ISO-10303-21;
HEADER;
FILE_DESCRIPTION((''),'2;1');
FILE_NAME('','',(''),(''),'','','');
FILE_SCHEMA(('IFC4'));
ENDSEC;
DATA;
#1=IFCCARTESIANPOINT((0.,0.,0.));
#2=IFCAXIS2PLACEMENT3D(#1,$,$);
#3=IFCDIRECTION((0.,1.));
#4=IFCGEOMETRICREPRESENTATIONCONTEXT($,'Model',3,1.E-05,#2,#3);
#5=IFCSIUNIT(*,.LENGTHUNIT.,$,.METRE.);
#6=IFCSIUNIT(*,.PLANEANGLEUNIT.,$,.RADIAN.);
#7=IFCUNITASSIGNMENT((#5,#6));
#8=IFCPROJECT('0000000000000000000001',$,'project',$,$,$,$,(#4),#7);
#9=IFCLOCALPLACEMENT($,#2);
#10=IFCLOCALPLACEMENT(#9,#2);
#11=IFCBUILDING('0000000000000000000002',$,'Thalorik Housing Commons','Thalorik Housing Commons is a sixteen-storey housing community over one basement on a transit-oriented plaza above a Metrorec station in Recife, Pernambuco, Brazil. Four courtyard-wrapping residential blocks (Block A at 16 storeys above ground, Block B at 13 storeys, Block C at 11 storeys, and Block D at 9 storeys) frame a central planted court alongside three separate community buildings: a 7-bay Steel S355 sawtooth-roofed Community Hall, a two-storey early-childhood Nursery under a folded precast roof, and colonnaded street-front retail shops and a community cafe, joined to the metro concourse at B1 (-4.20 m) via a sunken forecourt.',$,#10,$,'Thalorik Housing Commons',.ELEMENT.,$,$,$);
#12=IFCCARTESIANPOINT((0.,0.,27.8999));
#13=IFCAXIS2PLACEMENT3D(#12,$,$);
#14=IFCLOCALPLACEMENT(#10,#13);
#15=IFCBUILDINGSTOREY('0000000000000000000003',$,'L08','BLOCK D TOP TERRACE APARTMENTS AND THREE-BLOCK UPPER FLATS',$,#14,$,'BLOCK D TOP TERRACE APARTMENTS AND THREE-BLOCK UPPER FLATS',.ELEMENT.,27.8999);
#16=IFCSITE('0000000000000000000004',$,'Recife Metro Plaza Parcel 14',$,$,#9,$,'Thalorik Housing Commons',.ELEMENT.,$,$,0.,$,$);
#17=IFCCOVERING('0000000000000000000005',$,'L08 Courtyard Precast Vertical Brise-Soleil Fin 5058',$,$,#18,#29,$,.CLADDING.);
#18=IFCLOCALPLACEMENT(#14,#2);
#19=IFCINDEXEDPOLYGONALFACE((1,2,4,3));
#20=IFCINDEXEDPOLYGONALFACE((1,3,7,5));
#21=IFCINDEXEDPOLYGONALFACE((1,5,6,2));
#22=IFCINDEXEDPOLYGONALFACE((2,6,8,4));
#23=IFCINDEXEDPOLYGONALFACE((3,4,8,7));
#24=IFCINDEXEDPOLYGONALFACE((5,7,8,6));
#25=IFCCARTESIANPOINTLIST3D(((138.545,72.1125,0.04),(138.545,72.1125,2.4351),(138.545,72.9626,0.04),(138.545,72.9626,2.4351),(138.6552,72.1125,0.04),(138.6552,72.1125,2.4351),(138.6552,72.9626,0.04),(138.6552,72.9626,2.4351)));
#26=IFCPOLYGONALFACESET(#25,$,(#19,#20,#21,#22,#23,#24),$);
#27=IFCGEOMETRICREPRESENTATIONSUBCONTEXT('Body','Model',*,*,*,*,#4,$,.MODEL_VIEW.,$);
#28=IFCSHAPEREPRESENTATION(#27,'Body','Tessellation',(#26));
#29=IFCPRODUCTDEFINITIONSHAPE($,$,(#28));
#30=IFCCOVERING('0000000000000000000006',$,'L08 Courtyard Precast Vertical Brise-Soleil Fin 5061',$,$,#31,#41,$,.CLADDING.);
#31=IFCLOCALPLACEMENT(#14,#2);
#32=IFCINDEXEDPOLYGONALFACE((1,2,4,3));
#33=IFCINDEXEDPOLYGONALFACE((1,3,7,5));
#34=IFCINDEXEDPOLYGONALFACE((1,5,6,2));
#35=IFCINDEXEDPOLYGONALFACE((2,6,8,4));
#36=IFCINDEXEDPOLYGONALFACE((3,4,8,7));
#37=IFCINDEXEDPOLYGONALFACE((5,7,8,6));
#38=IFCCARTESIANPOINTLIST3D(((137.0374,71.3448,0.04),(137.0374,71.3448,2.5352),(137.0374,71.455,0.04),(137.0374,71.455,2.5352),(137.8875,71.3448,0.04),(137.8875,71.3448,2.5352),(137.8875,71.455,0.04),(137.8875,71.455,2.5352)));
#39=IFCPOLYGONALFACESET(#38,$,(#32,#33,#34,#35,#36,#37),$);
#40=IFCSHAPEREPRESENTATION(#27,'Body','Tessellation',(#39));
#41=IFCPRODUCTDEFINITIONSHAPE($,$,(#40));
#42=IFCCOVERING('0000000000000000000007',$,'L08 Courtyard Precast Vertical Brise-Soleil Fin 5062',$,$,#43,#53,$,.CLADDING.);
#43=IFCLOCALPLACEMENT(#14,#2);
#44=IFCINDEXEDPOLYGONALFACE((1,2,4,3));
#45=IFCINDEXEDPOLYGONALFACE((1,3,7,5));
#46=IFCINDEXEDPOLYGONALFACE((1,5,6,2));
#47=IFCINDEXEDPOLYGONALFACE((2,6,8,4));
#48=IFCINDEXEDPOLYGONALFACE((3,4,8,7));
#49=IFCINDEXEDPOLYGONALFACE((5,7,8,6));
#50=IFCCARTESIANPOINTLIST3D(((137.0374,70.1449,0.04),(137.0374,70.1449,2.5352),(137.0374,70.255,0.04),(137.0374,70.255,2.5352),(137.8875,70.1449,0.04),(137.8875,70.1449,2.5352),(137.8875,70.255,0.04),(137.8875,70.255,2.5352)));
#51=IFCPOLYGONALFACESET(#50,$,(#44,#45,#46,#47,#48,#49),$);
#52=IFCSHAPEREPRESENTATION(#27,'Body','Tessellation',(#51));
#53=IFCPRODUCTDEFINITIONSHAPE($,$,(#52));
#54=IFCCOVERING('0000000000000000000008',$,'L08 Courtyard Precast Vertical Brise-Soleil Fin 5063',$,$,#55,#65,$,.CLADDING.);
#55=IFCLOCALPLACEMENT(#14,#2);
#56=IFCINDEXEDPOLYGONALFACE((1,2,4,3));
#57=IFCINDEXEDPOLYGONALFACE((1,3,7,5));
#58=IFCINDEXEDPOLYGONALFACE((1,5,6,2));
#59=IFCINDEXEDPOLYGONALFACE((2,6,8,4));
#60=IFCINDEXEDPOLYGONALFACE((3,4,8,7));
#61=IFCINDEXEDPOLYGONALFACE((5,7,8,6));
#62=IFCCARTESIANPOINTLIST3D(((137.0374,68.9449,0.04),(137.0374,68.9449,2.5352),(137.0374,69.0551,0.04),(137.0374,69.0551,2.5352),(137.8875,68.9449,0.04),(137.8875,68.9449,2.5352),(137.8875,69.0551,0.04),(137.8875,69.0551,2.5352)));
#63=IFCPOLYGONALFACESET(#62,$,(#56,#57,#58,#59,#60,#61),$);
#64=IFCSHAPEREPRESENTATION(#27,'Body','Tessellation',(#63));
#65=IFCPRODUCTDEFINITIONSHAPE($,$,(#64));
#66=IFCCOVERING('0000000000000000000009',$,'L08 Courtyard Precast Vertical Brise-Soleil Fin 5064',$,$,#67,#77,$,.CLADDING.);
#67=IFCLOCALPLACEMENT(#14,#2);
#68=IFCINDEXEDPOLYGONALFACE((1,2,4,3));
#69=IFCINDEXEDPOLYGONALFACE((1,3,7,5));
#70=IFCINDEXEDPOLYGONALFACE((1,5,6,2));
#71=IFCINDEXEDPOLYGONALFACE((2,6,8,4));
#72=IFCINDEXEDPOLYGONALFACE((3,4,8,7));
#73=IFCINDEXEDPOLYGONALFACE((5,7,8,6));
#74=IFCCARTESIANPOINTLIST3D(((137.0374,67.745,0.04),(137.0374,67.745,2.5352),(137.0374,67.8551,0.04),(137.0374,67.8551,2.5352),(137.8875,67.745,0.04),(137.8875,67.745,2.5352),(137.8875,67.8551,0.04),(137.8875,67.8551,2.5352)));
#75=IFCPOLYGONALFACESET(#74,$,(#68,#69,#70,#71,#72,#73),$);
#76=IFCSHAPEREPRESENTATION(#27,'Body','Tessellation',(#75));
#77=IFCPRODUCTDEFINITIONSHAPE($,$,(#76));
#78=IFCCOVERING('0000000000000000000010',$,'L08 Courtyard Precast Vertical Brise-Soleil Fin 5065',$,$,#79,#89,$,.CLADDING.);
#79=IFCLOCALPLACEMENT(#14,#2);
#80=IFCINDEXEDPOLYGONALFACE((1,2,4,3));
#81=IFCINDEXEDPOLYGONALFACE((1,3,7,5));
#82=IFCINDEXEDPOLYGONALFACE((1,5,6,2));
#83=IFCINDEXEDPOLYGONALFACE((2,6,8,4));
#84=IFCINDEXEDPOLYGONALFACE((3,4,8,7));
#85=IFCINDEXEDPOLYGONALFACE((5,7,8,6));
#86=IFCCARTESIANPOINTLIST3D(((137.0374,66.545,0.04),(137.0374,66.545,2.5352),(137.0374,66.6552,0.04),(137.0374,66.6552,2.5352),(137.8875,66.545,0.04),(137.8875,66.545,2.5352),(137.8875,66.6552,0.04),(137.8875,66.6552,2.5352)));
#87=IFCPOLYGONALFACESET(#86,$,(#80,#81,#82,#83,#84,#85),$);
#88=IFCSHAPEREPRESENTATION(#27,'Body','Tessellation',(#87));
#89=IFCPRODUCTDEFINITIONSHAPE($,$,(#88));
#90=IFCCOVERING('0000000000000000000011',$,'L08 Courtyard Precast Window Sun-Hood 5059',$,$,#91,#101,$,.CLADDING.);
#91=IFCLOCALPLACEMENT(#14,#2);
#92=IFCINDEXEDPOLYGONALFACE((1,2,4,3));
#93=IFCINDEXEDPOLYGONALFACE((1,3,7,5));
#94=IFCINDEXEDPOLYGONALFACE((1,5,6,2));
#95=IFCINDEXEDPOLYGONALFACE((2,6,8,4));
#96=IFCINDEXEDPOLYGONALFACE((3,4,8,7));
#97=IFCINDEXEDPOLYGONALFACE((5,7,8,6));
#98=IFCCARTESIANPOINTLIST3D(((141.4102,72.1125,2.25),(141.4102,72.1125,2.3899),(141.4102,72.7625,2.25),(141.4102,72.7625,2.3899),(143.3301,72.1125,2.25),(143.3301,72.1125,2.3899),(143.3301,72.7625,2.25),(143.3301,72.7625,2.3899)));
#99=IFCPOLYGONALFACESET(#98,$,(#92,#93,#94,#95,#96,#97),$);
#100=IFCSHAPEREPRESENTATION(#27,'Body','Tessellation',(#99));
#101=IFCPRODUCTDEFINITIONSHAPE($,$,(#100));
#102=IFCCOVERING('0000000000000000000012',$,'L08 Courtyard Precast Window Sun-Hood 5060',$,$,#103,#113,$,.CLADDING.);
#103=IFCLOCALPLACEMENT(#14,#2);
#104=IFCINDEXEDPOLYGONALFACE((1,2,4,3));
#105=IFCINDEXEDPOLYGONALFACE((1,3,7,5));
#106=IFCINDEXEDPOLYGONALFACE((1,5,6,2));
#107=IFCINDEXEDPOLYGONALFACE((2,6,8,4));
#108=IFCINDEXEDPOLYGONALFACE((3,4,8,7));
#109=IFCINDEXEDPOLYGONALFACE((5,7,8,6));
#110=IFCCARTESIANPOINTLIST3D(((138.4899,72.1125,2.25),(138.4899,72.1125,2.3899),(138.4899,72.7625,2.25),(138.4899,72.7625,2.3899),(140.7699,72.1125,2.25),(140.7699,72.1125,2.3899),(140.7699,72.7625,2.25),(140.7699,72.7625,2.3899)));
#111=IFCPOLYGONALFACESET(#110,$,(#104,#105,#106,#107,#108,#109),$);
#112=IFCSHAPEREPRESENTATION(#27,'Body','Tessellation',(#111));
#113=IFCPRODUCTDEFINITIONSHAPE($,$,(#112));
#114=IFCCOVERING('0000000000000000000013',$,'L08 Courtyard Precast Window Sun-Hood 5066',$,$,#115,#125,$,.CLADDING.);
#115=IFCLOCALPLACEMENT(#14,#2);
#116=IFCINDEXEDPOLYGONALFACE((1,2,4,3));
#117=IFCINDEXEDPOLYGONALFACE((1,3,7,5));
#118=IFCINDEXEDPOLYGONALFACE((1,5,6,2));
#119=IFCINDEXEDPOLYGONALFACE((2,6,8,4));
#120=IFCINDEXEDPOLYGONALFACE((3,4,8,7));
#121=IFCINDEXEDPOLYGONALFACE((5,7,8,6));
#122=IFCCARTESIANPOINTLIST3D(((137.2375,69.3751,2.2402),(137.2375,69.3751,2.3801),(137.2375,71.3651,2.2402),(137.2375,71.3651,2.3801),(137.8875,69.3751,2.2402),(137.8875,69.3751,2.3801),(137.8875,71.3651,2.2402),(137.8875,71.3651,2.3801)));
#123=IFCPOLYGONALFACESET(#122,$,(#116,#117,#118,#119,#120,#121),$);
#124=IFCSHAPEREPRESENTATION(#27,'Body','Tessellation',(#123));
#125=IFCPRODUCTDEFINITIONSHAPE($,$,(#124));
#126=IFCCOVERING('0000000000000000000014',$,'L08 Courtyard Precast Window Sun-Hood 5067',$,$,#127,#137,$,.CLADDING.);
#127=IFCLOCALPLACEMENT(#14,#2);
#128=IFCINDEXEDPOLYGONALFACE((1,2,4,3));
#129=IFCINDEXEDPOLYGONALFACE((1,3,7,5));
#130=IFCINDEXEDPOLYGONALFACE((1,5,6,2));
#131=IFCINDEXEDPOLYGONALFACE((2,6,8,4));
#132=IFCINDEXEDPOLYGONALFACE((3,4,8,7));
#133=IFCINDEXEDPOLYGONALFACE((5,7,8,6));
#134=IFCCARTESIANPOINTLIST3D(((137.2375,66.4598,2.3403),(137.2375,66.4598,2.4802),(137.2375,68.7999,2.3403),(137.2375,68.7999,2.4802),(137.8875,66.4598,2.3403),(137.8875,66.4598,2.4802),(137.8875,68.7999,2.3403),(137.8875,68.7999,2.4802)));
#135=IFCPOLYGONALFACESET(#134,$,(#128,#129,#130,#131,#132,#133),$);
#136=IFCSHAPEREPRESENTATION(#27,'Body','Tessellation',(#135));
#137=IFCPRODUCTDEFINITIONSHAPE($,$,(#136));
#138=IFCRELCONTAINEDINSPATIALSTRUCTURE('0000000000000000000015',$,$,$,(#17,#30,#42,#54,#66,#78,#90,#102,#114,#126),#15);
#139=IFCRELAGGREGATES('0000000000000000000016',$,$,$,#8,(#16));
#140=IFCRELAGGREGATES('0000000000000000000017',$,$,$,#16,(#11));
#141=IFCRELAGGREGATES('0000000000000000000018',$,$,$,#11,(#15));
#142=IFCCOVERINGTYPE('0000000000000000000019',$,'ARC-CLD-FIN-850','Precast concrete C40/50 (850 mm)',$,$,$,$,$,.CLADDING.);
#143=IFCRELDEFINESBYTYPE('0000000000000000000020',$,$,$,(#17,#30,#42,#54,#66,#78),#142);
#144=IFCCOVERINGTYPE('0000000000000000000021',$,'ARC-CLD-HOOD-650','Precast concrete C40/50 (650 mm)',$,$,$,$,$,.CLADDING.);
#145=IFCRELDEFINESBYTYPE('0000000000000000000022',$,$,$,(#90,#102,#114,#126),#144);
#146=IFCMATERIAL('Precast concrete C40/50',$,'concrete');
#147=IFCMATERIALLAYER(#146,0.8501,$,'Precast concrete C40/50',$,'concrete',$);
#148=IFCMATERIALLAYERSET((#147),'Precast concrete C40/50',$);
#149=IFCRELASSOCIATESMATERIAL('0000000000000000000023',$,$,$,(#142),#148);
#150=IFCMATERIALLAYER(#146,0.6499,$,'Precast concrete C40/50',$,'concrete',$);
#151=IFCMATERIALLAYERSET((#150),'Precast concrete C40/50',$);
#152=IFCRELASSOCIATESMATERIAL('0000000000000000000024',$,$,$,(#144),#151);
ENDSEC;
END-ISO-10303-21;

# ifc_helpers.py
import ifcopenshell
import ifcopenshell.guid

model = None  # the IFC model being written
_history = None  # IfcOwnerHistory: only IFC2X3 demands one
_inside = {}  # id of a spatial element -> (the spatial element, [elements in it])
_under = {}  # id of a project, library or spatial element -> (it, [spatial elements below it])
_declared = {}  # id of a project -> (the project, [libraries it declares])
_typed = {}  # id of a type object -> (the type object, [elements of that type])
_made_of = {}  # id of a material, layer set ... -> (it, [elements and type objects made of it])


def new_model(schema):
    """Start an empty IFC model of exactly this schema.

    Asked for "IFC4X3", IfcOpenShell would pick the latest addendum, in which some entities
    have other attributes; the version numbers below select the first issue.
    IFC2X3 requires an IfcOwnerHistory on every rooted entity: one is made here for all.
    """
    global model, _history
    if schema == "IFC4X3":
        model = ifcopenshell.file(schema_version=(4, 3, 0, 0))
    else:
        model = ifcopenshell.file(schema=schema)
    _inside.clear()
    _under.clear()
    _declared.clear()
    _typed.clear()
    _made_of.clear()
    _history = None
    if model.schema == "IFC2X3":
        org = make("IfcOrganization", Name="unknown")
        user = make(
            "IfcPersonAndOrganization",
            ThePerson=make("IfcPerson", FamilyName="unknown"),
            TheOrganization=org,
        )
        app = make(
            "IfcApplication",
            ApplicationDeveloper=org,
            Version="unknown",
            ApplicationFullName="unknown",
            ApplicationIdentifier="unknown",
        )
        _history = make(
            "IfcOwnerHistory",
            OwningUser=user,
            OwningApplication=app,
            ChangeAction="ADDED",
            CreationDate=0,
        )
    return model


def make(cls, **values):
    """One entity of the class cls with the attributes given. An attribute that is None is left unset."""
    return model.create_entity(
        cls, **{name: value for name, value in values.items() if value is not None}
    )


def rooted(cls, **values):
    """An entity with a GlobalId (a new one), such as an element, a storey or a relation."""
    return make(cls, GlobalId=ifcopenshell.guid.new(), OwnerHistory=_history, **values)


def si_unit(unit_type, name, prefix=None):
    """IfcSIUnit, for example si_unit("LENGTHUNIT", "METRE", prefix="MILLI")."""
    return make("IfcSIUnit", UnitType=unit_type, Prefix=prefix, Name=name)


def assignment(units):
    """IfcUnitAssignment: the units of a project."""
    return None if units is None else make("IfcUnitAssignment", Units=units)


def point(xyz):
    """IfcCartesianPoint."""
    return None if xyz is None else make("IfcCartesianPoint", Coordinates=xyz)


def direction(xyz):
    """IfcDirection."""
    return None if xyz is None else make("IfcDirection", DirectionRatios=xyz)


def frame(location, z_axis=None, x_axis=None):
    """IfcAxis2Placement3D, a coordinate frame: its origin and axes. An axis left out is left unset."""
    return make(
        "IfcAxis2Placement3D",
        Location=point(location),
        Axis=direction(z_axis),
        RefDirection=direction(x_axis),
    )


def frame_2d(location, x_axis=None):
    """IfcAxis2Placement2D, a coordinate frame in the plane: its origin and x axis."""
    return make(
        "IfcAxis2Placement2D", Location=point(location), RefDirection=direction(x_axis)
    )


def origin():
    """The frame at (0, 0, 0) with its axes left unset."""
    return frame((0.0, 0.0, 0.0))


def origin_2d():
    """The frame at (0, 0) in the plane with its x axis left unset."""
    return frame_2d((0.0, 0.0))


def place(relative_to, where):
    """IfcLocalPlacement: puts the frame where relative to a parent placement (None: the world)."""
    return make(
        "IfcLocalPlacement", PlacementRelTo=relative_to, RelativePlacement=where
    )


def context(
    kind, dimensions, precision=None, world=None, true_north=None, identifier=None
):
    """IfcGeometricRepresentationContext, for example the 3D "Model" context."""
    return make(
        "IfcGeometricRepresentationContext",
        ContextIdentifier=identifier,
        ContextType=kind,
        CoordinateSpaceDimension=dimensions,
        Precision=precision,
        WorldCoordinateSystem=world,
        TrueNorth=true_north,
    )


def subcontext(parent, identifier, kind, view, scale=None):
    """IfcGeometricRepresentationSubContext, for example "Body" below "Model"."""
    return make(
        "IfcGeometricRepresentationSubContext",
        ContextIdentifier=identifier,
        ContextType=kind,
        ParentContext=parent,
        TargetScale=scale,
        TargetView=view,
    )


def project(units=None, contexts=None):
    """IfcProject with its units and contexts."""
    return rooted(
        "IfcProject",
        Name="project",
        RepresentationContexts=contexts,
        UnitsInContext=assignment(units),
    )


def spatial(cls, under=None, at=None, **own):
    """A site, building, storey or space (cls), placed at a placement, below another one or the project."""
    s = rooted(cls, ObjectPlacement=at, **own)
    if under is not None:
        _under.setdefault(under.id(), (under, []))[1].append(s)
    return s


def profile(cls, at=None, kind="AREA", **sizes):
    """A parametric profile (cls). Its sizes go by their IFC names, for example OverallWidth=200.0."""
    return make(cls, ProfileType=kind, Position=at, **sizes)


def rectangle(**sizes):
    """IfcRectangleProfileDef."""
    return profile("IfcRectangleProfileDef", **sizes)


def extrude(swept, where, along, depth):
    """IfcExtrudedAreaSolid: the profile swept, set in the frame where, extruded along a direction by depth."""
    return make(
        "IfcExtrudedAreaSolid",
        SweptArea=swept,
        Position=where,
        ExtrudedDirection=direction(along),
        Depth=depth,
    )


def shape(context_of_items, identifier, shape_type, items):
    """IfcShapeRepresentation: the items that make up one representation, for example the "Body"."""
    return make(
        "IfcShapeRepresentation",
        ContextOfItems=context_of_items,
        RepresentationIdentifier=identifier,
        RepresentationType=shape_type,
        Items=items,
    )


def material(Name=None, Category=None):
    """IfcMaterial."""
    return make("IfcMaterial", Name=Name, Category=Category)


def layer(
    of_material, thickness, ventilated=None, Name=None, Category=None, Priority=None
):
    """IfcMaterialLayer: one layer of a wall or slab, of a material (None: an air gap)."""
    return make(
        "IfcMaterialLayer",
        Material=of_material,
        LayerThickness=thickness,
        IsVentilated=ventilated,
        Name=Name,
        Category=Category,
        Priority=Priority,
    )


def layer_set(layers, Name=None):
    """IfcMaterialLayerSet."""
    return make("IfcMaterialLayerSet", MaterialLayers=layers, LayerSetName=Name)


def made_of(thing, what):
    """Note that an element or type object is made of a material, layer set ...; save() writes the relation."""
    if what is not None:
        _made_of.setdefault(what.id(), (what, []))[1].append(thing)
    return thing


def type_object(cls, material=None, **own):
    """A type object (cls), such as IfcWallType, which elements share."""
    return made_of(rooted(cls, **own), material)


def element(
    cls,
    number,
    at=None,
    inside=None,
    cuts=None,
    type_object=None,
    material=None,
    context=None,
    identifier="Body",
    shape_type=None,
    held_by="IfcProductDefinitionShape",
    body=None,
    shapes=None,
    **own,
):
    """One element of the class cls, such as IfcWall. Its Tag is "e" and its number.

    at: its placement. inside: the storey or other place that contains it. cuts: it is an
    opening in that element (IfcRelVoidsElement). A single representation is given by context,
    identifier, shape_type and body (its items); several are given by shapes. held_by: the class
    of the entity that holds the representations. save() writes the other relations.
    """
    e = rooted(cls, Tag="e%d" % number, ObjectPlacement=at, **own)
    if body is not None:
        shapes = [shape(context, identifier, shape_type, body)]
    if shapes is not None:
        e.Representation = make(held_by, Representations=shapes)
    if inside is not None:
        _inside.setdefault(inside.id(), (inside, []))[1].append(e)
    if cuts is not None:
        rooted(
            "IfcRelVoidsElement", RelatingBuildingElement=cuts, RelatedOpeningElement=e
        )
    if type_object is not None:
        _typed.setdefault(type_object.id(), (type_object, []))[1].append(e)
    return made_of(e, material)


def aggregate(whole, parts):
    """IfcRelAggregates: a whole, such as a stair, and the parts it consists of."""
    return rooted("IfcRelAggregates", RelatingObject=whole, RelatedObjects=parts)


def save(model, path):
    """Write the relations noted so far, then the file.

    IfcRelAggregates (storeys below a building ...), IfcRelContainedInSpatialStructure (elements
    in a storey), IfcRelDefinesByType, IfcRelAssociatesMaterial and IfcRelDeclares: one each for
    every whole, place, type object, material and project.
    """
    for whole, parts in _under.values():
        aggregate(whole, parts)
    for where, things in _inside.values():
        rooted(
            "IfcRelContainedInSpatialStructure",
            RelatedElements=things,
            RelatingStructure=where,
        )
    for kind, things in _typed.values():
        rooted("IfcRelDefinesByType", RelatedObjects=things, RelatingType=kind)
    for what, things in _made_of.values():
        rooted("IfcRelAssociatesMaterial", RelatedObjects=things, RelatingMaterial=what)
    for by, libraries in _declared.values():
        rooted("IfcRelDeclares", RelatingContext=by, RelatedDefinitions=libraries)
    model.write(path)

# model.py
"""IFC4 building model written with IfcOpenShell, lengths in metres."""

from ifc_helpers import new_model, si_unit, direction, frame, origin, origin_2d, place, context, subcontext, project, spatial, rectangle, extrude, material, layer, layer_set, type_object, element, save


model = new_model("IFC4")

# Units and contexts
model_context = context("Model", 3, precision=1e-05, world=origin(), true_north=direction((0.0, 1.0)))
body_context = subcontext(model_context, "Body", "Model", "MODEL_VIEW")
ifc_project = project(units=[si_unit("LENGTHUNIT", "METRE"), si_unit("PLANEANGLEUNIT", "RADIAN")], contexts=[model_context])

# Site, building, storey
site_placement = place(None, origin())
site = spatial("IfcSite", under=ifc_project, at=site_placement, Name="Recife Metro Plaza Parcel 14", LongName="Thalorik Housing Commons", CompositionType="ELEMENT", RefElevation=0.0)
building_placement = place(site_placement, origin())
building = spatial("IfcBuilding", under=site, at=building_placement, Name="Thalorik Housing Commons", Description="Thalorik Housing Commons is a sixteen-storey housing community over one basement on a transit-oriented plaza above a Metrorec station in Recife, Pernambuco, Brazil. Four courtyard-wrapping residential blocks (Block A at 16 storeys above ground, Block B at 13 storeys, Block C at 11 storeys, and Block D at 9 storeys) frame a central planted court alongside three separate community buildings: a 7-bay Steel S355 sawtooth-roofed Community Hall, a two-storey early-childhood Nursery under a folded precast roof, and colonnaded street-front retail shops and a community cafe, joined to the metro concourse at B1 (-4.20 m) via a sunken forecourt.", LongName="Thalorik Housing Commons", CompositionType="ELEMENT")
storey_placement = place(building_placement, frame((0.0, 0.0, 27.8999)))
storey = spatial("IfcBuildingStorey", under=building, at=storey_placement, Name="L08", Description="BLOCK D TOP TERRACE APARTMENTS AND THREE-BLOCK UPPER FLATS", LongName="BLOCK D TOP TERRACE APARTMENTS AND THREE-BLOCK UPPER FLATS", CompositionType="ELEMENT", Elevation=27.8999)

# Shared definitions
ifc_material_1 = material(Name="Precast concrete C40/50", Category="concrete")

# Coverings
ifc_layer_1 = layer(ifc_material_1, 0.8501, Name="Precast concrete C40/50", Category="concrete")
ifc_layer_set_1 = layer_set([ifc_layer_1], Name="Precast concrete C40/50")
covering_type_1 = type_object("IfcCoveringType", Name="ARC-CLD-FIN-850", Description="Precast concrete C40/50 (850 mm)", PredefinedType="CLADDING", material=ifc_layer_set_1)
for number, where, z_axis, x_axis, name in (
    (1, (138.6001, 72.5376, 0.04), (0.0, 0.0, 1.0), (-1.0, 0.0, 0.0), "L08 Courtyard Precast Vertical Brise-Soleil Fin 5058"),
):
    element("IfcCovering", number, at=place(storey_placement, frame(where, z_axis=z_axis, x_axis=x_axis)), inside=storey, type_object=covering_type_1, Name=name, PredefinedType="CLADDING", context=body_context, shape_type="SweptSolid", body=[
        extrude(rectangle(XDim=0.1101, YDim=0.8501, at=origin_2d()), origin(), (0.0, 0.0, 1.0), 2.395),
    ])
for number, where, z_axis, x_axis, name in (
    (2, (137.4624, 71.3999, 0.04), (0.0, 0.0, 1.0), (0.0, -1.0, 0.0), "L08 Courtyard Precast Vertical Brise-Soleil Fin 5061"),
    (3, (137.4624, 70.2, 0.04), (0.0, 0.0, 1.0), (0.0, -1.0, 0.0), "L08 Courtyard Precast Vertical Brise-Soleil Fin 5062"),
    (4, (137.4624, 69.0, 0.04), (0.0, 0.0, 1.0), (0.0, -1.0, 0.0), "L08 Courtyard Precast Vertical Brise-Soleil Fin 5063"),
    (5, (137.4624, 67.8, 0.04), (0.0, 0.0, 1.0), (0.0, -1.0, 0.0), "L08 Courtyard Precast Vertical Brise-Soleil Fin 5064"),
    (6, (137.4624, 66.6001, 0.04), (0.0, 0.0, 1.0), (0.0, -1.0, 0.0), "L08 Courtyard Precast Vertical Brise-Soleil Fin 5065"),
):
    element("IfcCovering", number, at=place(storey_placement, frame(where, z_axis=z_axis, x_axis=x_axis)), inside=storey, type_object=covering_type_1, Name=name, PredefinedType="CLADDING", context=body_context, shape_type="SweptSolid", body=[
        extrude(rectangle(XDim=0.1101, YDim=0.8501, at=origin_2d()), origin(), (0.0, 0.0, 1.0), 2.4951),
    ])
ifc_layer_2 = layer(ifc_material_1, 0.6499, Name="Precast concrete C40/50", Category="concrete")
ifc_layer_set_2 = layer_set([ifc_layer_2], Name="Precast concrete C40/50")
covering_type_2 = type_object("IfcCoveringType", Name="ARC-CLD-HOOD-650", Description="Precast concrete C40/50 (650 mm)", PredefinedType="CLADDING", material=ifc_layer_set_2)
covering_1_placement = place(storey_placement, frame((142.3701, 72.4375, 2.25), z_axis=(0.0, 0.0, 1.0), x_axis=(-1.0, 0.0, 0.0)))
element("IfcCovering", 7, at=covering_1_placement, inside=storey, type_object=covering_type_2, Name="L08 Courtyard Precast Window Sun-Hood 5059", PredefinedType="CLADDING", context=body_context, shape_type="SweptSolid", body=[
    extrude(rectangle(XDim=1.9199, YDim=0.6499, at=origin_2d()), origin(), (0.0, 0.0, 1.0), 0.1399),
])
covering_2_placement = place(storey_placement, frame((139.6299, 72.4375, 2.25), z_axis=(0.0, 0.0, 1.0), x_axis=(-1.0, 0.0, 0.0)))
element("IfcCovering", 8, at=covering_2_placement, inside=storey, type_object=covering_type_2, Name="L08 Courtyard Precast Window Sun-Hood 5060", PredefinedType="CLADDING", context=body_context, shape_type="SweptSolid", body=[
    extrude(rectangle(XDim=2.28, YDim=0.6499, at=origin_2d()), origin(), (0.0, 0.0, 1.0), 0.1399),
])
covering_3_placement = place(storey_placement, frame((137.5625, 70.3701, 2.2402), z_axis=(0.0, 0.0, 1.0), x_axis=(0.0, -1.0, 0.0)))
element("IfcCovering", 9, at=covering_3_placement, inside=storey, type_object=covering_type_2, Name="L08 Courtyard Precast Window Sun-Hood 5066", PredefinedType="CLADDING", context=body_context, shape_type="SweptSolid", body=[
    extrude(rectangle(XDim=1.99, YDim=0.6499, at=origin_2d()), origin(), (0.0, 0.0, 1.0), 0.1399),
])
covering_4_placement = place(storey_placement, frame((137.5625, 67.6299, 2.3403), z_axis=(0.0, 0.0, 1.0), x_axis=(0.0, -1.0, 0.0)))
element("IfcCovering", 10, at=covering_4_placement, inside=storey, type_object=covering_type_2, Name="L08 Courtyard Precast Window Sun-Hood 5067", PredefinedType="CLADDING", context=body_context, shape_type="SweptSolid", body=[
    extrude(rectangle(XDim=2.3401, YDim=0.6499, at=origin_2d()), origin(), (0.0, 0.0, 1.0), 0.1399),
])

save(model, "model.ifc")
